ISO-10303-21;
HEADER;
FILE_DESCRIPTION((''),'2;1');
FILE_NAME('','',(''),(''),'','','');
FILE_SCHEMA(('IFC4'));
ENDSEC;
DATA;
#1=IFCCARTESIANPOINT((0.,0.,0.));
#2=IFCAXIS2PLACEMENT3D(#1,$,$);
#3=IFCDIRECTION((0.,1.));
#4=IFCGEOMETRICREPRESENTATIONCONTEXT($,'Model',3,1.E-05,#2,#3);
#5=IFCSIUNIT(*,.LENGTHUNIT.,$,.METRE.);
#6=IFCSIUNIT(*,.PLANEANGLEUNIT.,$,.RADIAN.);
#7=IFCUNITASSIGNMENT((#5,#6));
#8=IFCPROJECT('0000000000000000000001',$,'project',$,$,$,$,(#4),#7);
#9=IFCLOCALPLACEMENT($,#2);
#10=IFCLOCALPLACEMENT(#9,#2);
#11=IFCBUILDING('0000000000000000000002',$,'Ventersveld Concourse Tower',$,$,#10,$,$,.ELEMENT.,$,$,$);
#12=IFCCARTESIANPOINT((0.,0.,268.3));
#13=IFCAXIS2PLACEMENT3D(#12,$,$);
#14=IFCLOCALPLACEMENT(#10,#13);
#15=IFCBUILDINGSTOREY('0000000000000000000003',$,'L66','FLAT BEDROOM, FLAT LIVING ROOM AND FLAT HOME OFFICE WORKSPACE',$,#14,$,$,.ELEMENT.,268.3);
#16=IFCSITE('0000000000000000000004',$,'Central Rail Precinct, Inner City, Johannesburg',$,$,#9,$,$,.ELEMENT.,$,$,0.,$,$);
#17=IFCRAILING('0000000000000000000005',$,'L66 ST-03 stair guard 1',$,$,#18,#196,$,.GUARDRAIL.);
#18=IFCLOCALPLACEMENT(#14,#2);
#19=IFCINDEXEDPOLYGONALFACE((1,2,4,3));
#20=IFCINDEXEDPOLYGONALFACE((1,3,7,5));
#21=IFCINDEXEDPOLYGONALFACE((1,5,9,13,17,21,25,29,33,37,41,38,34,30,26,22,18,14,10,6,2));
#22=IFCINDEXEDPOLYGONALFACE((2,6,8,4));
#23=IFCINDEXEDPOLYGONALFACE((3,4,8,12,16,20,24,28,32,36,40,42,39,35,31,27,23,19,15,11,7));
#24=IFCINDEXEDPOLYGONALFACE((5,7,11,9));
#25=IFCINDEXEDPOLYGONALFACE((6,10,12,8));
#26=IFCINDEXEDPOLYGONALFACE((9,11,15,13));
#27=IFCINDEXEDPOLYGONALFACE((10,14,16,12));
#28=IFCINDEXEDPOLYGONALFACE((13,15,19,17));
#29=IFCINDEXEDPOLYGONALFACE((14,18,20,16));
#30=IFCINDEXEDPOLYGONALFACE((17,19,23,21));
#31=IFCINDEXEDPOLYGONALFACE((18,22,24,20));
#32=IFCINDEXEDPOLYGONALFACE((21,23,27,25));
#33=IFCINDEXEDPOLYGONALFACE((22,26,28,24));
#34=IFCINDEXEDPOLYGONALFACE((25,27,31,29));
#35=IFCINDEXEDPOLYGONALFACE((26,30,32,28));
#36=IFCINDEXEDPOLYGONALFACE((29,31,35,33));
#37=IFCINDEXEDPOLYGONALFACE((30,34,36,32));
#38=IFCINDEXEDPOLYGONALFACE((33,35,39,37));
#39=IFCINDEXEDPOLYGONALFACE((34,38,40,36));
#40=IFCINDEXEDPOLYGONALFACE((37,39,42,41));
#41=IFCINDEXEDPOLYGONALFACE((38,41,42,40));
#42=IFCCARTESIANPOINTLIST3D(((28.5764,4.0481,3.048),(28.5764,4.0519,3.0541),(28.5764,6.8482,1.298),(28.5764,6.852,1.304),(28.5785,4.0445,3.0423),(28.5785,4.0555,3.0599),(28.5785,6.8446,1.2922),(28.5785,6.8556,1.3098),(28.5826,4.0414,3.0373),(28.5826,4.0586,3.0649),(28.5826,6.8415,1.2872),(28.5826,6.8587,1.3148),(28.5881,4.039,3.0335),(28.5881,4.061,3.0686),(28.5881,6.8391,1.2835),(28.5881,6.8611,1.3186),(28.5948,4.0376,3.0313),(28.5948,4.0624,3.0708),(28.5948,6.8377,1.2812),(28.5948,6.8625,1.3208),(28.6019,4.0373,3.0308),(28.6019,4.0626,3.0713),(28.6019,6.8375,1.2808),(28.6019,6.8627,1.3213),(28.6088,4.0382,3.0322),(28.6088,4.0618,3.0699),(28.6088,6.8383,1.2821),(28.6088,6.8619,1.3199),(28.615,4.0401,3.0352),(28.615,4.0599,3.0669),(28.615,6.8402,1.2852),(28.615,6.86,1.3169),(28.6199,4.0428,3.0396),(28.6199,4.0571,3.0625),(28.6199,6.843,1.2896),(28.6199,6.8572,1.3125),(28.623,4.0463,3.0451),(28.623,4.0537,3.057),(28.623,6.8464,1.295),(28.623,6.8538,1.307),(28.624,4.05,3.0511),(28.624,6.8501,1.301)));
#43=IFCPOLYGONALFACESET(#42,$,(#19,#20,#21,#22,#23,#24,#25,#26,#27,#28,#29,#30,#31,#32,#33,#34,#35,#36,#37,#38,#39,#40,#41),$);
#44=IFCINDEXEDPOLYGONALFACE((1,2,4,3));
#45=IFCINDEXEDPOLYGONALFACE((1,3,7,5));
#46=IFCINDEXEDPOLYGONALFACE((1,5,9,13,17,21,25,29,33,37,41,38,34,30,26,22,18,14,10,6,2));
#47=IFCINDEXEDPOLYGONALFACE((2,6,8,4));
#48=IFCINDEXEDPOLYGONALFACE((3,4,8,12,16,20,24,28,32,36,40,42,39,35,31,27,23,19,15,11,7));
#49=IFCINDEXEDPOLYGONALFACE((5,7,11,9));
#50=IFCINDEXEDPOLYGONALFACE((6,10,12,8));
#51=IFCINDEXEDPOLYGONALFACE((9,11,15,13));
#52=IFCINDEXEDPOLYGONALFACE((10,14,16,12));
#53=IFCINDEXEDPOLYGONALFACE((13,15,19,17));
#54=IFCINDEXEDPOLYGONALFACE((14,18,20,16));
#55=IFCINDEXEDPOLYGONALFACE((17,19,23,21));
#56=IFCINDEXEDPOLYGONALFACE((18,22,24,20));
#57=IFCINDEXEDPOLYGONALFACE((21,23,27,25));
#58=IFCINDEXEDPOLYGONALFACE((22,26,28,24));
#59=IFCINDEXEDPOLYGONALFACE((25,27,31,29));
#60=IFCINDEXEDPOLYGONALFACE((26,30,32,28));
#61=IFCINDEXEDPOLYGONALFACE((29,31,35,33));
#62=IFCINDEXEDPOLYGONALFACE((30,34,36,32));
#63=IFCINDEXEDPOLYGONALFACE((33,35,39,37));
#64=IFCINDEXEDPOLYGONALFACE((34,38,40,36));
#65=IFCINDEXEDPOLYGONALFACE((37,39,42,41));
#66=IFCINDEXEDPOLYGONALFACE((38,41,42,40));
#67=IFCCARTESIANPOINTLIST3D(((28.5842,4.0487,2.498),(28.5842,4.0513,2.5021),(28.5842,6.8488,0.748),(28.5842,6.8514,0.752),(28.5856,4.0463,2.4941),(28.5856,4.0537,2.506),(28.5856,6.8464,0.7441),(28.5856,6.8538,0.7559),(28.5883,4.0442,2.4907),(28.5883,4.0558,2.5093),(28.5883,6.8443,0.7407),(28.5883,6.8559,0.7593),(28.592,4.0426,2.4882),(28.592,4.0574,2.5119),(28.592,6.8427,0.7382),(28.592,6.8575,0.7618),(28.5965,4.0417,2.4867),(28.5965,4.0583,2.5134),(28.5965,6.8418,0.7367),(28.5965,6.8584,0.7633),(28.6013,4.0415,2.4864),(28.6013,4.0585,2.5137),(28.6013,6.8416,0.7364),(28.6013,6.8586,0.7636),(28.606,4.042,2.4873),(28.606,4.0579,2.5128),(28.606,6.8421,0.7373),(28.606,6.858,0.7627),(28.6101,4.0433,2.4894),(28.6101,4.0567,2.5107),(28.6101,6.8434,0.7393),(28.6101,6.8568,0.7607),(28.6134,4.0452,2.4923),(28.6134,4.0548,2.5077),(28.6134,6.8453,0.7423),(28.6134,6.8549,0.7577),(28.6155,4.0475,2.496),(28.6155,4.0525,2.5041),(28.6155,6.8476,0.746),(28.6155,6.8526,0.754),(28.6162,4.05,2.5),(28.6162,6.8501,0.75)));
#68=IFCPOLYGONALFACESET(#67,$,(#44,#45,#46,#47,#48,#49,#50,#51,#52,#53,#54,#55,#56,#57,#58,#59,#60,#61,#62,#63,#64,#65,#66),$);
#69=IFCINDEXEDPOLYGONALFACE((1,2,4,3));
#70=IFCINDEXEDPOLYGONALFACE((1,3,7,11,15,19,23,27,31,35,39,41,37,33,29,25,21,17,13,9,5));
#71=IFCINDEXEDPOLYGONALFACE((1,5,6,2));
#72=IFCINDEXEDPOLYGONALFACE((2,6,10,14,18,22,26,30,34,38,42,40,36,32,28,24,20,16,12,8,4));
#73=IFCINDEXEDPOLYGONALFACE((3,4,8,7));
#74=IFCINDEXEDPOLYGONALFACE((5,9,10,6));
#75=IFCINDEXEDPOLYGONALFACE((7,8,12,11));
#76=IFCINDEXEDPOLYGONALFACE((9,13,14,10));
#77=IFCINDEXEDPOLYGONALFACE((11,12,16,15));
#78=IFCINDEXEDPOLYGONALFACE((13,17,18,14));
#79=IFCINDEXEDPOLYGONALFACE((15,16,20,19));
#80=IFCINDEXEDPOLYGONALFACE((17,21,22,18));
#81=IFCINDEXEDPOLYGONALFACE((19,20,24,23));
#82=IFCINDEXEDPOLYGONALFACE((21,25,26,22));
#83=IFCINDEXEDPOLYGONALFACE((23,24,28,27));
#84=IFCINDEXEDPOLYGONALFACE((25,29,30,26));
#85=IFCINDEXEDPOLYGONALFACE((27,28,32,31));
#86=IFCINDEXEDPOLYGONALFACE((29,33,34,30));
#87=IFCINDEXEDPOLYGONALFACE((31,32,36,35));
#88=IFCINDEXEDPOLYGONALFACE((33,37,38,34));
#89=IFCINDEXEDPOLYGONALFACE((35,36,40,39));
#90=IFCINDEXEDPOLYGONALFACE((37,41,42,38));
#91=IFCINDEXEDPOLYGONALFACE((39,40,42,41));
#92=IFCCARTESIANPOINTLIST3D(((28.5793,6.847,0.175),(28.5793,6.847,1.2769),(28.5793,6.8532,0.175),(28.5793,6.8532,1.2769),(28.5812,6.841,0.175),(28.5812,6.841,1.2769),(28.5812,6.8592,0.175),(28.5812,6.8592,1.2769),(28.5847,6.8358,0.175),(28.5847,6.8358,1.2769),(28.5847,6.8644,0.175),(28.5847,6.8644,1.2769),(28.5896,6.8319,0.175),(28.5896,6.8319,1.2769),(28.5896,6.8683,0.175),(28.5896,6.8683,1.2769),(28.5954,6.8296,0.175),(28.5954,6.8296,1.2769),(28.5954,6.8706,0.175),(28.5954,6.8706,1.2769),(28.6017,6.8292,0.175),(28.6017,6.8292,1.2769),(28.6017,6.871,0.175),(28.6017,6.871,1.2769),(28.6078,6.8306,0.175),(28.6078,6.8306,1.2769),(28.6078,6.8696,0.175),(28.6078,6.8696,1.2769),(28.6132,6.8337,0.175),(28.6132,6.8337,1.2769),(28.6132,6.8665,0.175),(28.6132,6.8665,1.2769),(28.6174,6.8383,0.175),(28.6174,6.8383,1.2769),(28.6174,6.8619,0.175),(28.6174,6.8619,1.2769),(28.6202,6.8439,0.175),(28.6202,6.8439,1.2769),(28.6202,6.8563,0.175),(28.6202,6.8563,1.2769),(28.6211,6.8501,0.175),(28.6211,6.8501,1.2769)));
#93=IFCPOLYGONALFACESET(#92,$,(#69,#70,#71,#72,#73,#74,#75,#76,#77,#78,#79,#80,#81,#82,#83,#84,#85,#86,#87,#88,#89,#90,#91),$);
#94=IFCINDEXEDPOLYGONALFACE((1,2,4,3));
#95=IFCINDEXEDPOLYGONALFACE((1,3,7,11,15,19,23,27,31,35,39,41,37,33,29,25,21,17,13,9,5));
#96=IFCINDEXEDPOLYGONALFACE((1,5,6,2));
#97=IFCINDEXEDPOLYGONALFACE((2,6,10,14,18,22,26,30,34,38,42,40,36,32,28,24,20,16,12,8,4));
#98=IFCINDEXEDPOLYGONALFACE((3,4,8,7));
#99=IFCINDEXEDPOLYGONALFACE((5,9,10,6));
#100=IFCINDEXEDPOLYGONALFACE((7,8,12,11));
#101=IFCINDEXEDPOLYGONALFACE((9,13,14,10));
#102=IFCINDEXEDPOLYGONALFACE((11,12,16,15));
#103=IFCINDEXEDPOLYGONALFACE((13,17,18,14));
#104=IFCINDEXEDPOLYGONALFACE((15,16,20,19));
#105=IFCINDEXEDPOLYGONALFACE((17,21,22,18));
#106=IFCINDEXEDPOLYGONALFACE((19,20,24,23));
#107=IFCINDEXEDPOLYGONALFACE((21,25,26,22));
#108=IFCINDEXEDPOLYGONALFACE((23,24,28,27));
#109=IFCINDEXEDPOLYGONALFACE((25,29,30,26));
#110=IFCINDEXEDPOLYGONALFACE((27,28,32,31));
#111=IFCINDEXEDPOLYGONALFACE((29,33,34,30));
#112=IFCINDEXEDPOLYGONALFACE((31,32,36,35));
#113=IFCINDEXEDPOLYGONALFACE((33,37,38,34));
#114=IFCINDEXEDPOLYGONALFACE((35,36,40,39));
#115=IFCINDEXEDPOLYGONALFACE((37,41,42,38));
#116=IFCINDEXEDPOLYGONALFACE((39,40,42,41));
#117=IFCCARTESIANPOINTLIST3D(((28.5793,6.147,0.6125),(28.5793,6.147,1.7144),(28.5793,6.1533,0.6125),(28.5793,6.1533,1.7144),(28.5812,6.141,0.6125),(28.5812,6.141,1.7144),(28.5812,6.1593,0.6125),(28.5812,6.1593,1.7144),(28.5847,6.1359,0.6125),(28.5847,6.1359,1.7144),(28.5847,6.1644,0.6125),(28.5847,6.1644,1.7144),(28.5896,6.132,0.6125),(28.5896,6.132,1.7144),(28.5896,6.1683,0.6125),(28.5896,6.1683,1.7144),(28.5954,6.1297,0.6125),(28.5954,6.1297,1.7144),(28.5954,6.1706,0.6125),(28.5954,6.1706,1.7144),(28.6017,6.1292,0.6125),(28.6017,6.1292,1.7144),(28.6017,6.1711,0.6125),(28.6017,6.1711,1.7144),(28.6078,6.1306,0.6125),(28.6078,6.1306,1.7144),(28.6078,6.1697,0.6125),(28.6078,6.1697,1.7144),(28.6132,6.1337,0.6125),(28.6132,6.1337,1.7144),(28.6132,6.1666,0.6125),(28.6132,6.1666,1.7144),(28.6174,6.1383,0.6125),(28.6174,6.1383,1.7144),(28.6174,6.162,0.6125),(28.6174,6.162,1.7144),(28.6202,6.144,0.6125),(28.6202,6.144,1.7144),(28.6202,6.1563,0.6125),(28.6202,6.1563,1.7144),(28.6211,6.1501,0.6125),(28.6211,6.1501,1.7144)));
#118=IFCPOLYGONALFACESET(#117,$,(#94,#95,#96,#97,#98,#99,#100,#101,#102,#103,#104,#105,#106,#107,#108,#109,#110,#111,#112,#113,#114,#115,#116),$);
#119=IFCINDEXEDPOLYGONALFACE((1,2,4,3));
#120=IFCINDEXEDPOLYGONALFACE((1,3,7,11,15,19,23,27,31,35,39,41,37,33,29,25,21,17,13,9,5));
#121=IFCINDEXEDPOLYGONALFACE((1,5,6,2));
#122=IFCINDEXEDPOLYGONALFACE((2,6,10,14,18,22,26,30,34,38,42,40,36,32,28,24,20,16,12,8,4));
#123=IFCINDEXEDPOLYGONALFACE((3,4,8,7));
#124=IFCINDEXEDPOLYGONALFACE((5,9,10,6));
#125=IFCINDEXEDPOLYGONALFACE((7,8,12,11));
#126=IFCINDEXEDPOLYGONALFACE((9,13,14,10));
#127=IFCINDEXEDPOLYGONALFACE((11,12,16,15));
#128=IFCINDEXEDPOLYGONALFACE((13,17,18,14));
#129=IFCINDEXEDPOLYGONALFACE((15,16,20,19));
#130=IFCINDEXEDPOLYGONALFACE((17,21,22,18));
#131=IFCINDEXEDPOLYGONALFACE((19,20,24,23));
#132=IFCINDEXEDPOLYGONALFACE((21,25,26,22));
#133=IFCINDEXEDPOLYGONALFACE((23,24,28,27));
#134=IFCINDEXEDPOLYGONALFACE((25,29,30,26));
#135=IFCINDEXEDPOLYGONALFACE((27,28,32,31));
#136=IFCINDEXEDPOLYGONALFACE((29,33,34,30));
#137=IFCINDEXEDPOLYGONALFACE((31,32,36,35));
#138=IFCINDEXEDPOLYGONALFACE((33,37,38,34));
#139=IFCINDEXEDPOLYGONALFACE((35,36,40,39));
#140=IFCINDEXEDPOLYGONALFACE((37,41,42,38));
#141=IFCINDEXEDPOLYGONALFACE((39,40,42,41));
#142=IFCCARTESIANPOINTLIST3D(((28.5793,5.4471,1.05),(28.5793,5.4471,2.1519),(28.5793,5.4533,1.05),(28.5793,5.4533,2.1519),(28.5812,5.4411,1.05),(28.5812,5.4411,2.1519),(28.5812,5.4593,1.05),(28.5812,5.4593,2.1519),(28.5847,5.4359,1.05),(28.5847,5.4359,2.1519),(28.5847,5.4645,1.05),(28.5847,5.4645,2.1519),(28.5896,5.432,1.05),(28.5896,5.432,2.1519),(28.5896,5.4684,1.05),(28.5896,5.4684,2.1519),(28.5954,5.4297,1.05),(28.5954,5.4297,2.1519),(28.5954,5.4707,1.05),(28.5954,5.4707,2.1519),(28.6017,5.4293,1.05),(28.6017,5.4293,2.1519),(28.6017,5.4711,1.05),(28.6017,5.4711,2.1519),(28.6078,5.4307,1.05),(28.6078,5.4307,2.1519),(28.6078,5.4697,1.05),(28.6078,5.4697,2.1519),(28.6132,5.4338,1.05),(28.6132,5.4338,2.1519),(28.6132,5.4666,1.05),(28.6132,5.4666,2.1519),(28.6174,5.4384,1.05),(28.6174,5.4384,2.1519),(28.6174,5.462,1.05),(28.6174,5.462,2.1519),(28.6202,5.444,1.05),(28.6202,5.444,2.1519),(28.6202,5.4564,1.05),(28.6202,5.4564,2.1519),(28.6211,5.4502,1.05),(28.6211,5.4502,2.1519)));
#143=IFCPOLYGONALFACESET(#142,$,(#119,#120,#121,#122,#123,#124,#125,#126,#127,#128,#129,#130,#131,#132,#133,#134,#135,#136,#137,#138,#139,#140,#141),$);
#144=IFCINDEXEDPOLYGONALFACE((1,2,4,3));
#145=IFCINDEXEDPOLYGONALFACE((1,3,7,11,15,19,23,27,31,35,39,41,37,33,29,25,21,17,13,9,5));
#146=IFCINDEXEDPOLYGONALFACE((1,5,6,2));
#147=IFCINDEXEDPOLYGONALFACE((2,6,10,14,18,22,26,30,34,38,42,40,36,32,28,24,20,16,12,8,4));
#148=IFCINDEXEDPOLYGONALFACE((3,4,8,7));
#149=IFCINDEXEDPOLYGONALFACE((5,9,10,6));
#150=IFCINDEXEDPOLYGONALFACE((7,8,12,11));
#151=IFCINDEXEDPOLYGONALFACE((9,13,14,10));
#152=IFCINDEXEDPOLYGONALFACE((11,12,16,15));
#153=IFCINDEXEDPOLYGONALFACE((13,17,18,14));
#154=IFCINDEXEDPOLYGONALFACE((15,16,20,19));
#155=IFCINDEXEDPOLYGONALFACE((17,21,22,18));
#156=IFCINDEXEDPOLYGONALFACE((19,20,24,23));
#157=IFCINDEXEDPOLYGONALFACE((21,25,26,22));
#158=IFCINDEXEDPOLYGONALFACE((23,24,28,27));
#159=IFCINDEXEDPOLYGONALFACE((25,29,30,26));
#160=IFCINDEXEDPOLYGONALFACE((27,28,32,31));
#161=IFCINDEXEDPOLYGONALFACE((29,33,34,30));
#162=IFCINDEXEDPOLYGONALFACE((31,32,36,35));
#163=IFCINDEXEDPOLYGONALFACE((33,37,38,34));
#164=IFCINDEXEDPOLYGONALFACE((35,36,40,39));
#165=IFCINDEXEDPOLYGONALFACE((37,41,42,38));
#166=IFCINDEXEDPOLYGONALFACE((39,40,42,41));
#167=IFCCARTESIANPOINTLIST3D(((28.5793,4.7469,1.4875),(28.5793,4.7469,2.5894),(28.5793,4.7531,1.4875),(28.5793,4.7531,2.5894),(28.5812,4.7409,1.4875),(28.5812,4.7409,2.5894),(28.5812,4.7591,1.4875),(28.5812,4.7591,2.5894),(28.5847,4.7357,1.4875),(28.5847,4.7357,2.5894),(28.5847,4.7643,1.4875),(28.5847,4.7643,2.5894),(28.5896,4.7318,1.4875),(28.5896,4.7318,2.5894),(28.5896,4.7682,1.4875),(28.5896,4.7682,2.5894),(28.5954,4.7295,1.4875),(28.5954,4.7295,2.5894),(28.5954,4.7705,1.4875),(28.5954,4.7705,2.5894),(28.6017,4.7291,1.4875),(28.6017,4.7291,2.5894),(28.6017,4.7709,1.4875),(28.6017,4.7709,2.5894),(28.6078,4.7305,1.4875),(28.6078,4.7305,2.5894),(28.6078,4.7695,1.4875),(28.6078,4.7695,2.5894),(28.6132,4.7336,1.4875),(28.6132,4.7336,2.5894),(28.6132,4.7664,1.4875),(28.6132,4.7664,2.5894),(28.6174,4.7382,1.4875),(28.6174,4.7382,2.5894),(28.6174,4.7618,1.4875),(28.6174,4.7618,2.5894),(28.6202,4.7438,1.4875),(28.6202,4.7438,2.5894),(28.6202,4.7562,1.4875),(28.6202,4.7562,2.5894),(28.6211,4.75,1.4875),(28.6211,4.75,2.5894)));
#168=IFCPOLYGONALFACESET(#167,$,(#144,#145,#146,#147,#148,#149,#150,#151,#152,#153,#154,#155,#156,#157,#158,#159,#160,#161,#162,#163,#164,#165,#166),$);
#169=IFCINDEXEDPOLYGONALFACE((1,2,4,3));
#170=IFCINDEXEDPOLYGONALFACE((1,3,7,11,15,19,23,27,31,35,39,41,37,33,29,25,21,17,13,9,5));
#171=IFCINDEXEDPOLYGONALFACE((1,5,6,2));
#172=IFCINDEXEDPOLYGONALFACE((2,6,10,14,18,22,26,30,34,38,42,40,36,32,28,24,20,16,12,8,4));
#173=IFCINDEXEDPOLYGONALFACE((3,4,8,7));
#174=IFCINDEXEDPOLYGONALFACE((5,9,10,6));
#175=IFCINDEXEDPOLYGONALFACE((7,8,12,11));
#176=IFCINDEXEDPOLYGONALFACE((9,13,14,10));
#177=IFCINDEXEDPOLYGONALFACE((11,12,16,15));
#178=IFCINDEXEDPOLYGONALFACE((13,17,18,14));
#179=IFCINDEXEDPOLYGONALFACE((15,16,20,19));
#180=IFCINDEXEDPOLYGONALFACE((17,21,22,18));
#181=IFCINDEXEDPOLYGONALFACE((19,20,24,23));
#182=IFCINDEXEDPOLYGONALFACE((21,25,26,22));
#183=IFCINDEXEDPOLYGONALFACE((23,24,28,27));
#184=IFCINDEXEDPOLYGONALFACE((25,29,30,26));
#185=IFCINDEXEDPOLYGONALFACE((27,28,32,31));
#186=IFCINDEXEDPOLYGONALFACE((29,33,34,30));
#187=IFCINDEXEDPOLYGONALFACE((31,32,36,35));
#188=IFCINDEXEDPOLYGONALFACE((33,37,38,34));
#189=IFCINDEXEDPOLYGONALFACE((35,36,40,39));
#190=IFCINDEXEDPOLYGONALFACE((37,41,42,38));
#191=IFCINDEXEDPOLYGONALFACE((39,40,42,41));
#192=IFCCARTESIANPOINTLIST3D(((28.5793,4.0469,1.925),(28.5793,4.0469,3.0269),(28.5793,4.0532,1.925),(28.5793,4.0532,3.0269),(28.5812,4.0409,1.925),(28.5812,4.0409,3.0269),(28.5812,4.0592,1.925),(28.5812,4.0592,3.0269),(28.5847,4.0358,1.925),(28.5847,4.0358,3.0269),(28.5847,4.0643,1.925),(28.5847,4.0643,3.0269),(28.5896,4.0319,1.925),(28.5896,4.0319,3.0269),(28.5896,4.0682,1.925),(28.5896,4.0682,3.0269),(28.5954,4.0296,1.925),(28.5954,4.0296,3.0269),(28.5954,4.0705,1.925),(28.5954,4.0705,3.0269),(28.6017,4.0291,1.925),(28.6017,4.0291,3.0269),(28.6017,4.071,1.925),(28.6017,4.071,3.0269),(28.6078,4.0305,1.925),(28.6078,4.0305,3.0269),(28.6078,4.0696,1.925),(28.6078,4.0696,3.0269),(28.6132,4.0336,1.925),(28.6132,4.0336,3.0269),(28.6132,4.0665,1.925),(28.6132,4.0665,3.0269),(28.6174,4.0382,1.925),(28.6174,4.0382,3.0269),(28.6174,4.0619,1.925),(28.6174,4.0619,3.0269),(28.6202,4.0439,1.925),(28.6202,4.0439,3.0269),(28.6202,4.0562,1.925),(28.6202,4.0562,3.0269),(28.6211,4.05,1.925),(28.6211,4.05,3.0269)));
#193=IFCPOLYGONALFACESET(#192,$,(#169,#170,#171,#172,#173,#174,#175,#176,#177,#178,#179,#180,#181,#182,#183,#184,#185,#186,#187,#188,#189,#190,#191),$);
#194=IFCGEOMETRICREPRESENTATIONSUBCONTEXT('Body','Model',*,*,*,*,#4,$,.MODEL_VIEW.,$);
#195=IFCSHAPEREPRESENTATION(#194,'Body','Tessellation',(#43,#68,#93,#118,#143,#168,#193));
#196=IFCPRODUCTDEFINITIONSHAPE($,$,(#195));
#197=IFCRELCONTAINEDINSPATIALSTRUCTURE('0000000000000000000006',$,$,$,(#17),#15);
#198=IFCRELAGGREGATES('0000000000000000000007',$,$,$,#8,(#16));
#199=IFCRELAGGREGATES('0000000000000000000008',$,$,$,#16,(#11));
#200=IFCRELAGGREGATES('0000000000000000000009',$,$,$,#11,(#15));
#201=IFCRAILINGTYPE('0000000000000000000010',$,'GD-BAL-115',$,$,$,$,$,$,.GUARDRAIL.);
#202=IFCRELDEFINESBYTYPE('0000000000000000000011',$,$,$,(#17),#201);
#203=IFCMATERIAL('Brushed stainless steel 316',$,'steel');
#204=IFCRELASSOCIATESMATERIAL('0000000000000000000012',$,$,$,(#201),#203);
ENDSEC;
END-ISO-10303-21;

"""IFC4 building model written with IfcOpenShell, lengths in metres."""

from ifc_helpers import new_model, si_unit, direction, frame, origin, origin_2d, place, context, subcontext, project, spatial, circle, extrude, material, type_object, element, save


model = new_model("IFC4")

# Units and contexts
model_context = context("Model", 3, precision=1e-05, world=origin(), true_north=direction((0.0, 1.0)))
body_context = subcontext(model_context, "Body", "Model", "MODEL_VIEW")
ifc_project = project(units=[si_unit("LENGTHUNIT", "METRE"), si_unit("PLANEANGLEUNIT", "RADIAN")], contexts=[model_context])

# Site, building, storey
site_placement = place(None, origin())
site = spatial("IfcSite", under=ifc_project, at=site_placement, Name="Central Rail Precinct, Inner City, Johannesburg", CompositionType="ELEMENT", RefElevation=0.0)
building_placement = place(site_placement, origin())
building = spatial("IfcBuilding", under=site, at=building_placement, Name="Ventersveld Concourse Tower", CompositionType="ELEMENT")
storey_placement = place(building_placement, frame((0.0, 0.0, 268.3)))
storey = spatial("IfcBuildingStorey", under=building, at=storey_placement, Name="L66", Description="FLAT BEDROOM, FLAT LIVING ROOM AND FLAT HOME OFFICE WORKSPACE", CompositionType="ELEMENT", Elevation=268.3)

# Railing
ifc_material_1 = material(Name="Brushed stainless steel 316", Category="steel")
railing_type_1 = type_object("IfcRailingType", Name="GD-BAL-115", PredefinedType="GUARDRAIL", material=ifc_material_1)
railing_1_placement = place(storey_placement, frame((28.6001, 6.8501, 0.175)))
element("IfcRailing", 1, at=railing_1_placement, inside=storey, type_object=railing_type_1, Name="L66 ST-03 stair guard 1", PredefinedType="GUARDRAIL", context=body_context, shape_type="SweptSolid", body=[
    extrude(circle(Radius=0.0239, at=origin_2d()), frame((0.0, 0.0, 1.126), z_axis=(0.0, -0.848002, 0.529992), x_axis=(1.0, 0.0, 0.0)), (0.0, 0.0, 1.0), 3.302),
    extrude(circle(Radius=0.0161, at=origin_2d()), frame((0.0, 0.0, 0.575), z_axis=(0.0, -0.848002, 0.529992), x_axis=(1.0, 0.0, 0.0)), (0.0, 0.0, 1.0), 3.302),
    extrude(circle(Radius=0.021, at=origin_2d()), origin(), (0.0, 0.0, 1.0), 1.1018),
    extrude(circle(Radius=0.021, at=origin_2d()), frame((0.0, -0.7, 0.4375)), (0.0, 0.0, 1.0), 1.1018),
    extrude(circle(Radius=0.021, at=origin_2d()), frame((0.0, -1.3999, 0.875)), (0.0, 0.0, 1.0), 1.1018),
    extrude(circle(Radius=0.021, at=origin_2d()), frame((0.0, -2.1001, 1.3125)), (0.0, 0.0, 1.0), 1.1018),
    extrude(circle(Radius=0.021, at=origin_2d()), frame((0.0, -2.8, 1.75)), (0.0, 0.0, 1.0), 1.1018),
])

save(model, "model.ifc")
